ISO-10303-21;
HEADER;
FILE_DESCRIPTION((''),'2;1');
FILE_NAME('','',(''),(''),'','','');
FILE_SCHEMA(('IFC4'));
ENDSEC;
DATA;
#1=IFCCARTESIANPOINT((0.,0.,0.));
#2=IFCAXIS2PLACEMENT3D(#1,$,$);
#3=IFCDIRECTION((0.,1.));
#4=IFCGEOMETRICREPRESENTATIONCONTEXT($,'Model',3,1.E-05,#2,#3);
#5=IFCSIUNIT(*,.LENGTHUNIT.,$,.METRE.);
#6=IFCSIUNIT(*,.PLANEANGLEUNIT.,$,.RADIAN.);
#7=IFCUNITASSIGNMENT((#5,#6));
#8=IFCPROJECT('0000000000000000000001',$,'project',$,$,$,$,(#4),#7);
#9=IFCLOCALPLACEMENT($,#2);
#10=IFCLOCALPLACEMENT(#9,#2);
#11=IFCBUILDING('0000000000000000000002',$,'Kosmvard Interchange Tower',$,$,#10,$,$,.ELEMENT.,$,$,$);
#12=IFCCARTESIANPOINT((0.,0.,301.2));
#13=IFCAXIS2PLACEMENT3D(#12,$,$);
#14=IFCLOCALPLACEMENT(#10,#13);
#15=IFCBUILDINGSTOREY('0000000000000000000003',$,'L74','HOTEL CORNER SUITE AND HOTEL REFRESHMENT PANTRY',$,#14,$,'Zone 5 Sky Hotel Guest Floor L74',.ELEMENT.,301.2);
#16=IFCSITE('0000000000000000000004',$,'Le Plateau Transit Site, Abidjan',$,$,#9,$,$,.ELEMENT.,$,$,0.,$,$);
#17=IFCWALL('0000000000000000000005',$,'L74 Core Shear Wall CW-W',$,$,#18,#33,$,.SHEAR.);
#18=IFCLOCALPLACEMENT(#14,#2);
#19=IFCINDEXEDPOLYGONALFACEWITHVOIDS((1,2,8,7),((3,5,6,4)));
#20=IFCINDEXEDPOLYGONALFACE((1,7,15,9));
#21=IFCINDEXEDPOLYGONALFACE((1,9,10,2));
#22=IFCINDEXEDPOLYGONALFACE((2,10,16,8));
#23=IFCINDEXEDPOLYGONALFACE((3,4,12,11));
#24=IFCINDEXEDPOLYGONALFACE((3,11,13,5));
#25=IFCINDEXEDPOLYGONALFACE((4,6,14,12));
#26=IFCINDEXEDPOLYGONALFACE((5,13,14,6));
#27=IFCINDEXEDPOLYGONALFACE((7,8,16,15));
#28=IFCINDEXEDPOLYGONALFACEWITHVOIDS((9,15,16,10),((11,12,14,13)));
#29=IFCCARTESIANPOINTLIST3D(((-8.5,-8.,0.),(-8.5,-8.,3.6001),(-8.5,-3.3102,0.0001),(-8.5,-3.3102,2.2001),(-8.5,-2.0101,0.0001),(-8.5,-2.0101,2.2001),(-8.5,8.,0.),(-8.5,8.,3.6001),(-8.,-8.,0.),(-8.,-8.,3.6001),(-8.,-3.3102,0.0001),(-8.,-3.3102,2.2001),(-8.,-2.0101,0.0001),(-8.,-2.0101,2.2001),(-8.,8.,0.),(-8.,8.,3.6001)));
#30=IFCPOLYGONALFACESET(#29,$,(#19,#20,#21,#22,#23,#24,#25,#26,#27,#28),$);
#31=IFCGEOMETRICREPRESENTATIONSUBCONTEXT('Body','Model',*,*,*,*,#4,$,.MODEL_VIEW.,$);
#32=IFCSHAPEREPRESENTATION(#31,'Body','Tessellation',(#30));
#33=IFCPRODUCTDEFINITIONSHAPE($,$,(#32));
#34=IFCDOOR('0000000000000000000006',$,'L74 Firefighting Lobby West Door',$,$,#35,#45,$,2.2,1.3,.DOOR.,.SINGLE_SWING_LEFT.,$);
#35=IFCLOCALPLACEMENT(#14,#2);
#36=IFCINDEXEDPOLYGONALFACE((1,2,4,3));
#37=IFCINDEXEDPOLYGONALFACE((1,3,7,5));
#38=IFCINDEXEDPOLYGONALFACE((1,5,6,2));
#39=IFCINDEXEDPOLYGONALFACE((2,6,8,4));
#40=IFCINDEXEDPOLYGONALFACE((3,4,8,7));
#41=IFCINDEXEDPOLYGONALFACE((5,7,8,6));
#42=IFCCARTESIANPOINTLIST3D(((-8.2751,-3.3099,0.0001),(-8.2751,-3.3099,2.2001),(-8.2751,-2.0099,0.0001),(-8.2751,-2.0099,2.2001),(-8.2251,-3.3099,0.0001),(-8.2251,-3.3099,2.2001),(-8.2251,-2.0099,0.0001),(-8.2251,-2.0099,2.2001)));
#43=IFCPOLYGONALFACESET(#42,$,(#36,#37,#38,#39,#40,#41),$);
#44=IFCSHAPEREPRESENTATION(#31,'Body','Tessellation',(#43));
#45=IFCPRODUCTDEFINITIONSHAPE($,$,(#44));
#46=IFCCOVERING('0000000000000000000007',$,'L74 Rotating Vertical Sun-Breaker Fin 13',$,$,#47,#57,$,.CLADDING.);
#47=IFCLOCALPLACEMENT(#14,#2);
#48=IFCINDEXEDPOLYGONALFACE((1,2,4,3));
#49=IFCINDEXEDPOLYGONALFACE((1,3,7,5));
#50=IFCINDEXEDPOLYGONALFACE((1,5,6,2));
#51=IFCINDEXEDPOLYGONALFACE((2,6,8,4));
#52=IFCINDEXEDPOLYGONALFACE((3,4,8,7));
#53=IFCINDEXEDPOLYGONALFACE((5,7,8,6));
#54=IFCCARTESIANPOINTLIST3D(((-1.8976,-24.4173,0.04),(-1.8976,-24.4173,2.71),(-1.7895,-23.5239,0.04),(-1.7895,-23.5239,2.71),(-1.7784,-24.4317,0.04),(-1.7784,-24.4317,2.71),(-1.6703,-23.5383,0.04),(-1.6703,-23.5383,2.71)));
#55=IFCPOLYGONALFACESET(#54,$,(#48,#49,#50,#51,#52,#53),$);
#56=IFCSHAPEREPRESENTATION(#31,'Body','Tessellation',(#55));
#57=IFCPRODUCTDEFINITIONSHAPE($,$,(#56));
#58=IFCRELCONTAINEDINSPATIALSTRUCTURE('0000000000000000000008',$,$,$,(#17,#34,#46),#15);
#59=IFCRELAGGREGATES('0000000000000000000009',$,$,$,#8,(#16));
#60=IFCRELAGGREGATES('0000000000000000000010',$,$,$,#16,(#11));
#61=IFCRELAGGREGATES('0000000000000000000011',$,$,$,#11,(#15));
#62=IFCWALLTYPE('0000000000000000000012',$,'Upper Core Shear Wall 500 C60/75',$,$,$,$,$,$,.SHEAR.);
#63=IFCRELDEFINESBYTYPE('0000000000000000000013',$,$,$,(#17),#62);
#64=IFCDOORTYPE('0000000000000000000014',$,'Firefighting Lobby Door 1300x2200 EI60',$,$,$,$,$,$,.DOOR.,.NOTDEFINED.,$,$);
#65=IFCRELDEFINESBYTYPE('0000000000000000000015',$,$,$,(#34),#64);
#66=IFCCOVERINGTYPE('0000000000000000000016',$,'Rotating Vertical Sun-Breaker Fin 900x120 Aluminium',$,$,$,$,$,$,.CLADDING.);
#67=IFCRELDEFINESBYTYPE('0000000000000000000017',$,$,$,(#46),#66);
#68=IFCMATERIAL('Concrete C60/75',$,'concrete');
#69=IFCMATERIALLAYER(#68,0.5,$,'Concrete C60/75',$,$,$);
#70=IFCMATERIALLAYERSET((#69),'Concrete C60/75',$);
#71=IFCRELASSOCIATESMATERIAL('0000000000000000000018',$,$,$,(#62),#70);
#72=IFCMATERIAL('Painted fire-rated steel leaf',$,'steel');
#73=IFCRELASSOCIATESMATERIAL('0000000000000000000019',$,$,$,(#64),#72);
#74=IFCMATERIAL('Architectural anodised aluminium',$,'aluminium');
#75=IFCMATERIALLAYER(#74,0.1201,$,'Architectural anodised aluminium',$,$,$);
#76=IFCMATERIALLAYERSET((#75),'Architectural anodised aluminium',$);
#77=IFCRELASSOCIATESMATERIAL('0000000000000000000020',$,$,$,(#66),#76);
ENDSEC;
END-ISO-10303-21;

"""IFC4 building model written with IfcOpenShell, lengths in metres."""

from ifc_helpers import new_model, si_unit, direction, frame, frame_2d, origin, origin_2d, place, context, subcontext, project, spatial, rectangle, extrude, source, transform, mapped, material, layer, layer_set, type_object, element, fill, save


model = new_model("IFC4")

# Units and contexts
model_context = context("Model", 3, precision=1e-05, world=origin(), true_north=direction((0.0, 1.0)))
body_context = subcontext(model_context, "Body", "Model", "MODEL_VIEW")
ifc_project = project(units=[si_unit("LENGTHUNIT", "METRE"), si_unit("PLANEANGLEUNIT", "RADIAN")], contexts=[model_context])

# Site, building, storey
site_placement = place(None, origin())
site = spatial("IfcSite", under=ifc_project, at=site_placement, Name="Le Plateau Transit Site, Abidjan", CompositionType="ELEMENT", RefElevation=0.0)
building_placement = place(site_placement, origin())
building = spatial("IfcBuilding", under=site, at=building_placement, Name="Kosmvard Interchange Tower", CompositionType="ELEMENT")
storey_placement = place(building_placement, frame((0.0, 0.0, 301.2)))
storey = spatial("IfcBuildingStorey", under=building, at=storey_placement, Name="L74", Description="HOTEL CORNER SUITE AND HOTEL REFRESHMENT PANTRY", LongName="Zone 5 Sky Hotel Guest Floor L74", CompositionType="ELEMENT", Elevation=301.2)

# Shared definitions
ifc_material_1 = material(Name="Painted fire-rated steel leaf", Category="steel")

# Shared definitions
ifc_material_2 = material(Name="Concrete C60/75", Category="concrete")

# Wall, opening, door
ifc_layer_1 = layer(ifc_material_2, 0.5, Name="Concrete C60/75")
ifc_layer_set_1 = layer_set([ifc_layer_1], Name="Concrete C60/75")
wall_type_1 = type_object("IfcWallType", Name="Upper Core Shear Wall 500 C60/75", PredefinedType="SHEAR", material=ifc_layer_set_1)
door_type_1 = type_object("IfcDoorType", Name="Firefighting Lobby Door 1300x2200 EI60", OperationType="NOTDEFINED", PredefinedType="DOOR", material=ifc_material_1)
shared_shape_1 = source(origin(), body_context, "Body", "SweptSolid", [
    extrude(rectangle(XDim=1.3, YDim=2.2, at=frame_2d((0.6499, 1.1001))), frame((0.0, 0.0249, 0.0), z_axis=(0.0, -1.0, 0.0), x_axis=(1.0, 0.0, 0.0)), (0.0, 0.0, 1.0), 0.05),
])
wall_1_placement = place(storey_placement, frame((-8.25, -8.0, 0.0), z_axis=(0.0, 0.0, 1.0), x_axis=(0.0, 1.0, 0.0)))
wall_1 = element("IfcWall", 1, at=wall_1_placement, inside=storey, type_object=wall_type_1, Name="L74 Core Shear Wall CW-W", PredefinedType="SHEAR", context=body_context, shape_type="SweptSolid", body=[
    extrude(rectangle(XDim=16.0, YDim=0.5, at=frame_2d((8.0, 0.0))), origin(), (0.0, 0.0, 1.0), 3.6001),
])
opening_1_placement = place(wall_1_placement, frame((4.6899, 0.0, 0.0)))
opening_1 = element("IfcOpeningElement", 2, at=opening_1_placement, cuts=wall_1, PredefinedType="OPENING", context=body_context, shape_type="SweptSolid", body=[
    extrude(rectangle(XDim=1.3, YDim=2.2, at=frame_2d((0.6499, 1.1001))), frame((0.0, 0.26, 0.0), z_axis=(0.0, -1.0, 0.0), x_axis=(1.0, 0.0, 0.0)), (0.0, 0.0, 1.0), 0.52),
])
door_1_placement = place(opening_1_placement, frame((1.3, 0.0, 0.0), z_axis=(0.0, 0.0, 1.0), x_axis=(-1.0, 0.0, 0.0)))
door_1 = element("IfcDoor", 3, at=door_1_placement, inside=storey, type_object=door_type_1, Name="L74 Firefighting Lobby West Door", OperationType="SINGLE_SWING_LEFT", OverallHeight=2.2, OverallWidth=1.3, PredefinedType="DOOR", context=body_context, shape_type="MappedRepresentation", body=[
    mapped(shared_shape_1, transform((0.0, 0.0, 0.0), scale=1.0)),
])
fill(opening_1, door_1)

# Covering
ifc_material_3 = material(Name="Architectural anodised aluminium", Category="aluminium")
ifc_layer_2 = layer(ifc_material_3, 0.1201, Name="Architectural anodised aluminium")
ifc_layer_set_2 = layer_set([ifc_layer_2], Name="Architectural anodised aluminium")
covering_type = type_object("IfcCoveringType", Name="Rotating Vertical Sun-Breaker Fin 900x120 Aluminium", PredefinedType="CLADDING", material=ifc_layer_set_2)
shared_shape_2 = source(origin(), body_context, "Body", "SweptSolid", [
    extrude(rectangle(XDim=0.8999, YDim=0.1201, at=origin_2d()), origin(), (0.0, 0.0, 1.0), 2.6699),
])
covering_placement = place(storey_placement, frame((-1.7839, -23.9778, 0.04), z_axis=(0.0, 0.0, 1.0), x_axis=(-0.120137, -0.992757, 0.0)))
element("IfcCovering", 4, at=covering_placement, inside=storey, type_object=covering_type, Name="L74 Rotating Vertical Sun-Breaker Fin 13", PredefinedType="CLADDING", context=body_context, shape_type="MappedRepresentation", body=[
    mapped(shared_shape_2, transform((0.0, 0.0, 0.0), scale=1.0)),
])

save(model, "model.ifc")
